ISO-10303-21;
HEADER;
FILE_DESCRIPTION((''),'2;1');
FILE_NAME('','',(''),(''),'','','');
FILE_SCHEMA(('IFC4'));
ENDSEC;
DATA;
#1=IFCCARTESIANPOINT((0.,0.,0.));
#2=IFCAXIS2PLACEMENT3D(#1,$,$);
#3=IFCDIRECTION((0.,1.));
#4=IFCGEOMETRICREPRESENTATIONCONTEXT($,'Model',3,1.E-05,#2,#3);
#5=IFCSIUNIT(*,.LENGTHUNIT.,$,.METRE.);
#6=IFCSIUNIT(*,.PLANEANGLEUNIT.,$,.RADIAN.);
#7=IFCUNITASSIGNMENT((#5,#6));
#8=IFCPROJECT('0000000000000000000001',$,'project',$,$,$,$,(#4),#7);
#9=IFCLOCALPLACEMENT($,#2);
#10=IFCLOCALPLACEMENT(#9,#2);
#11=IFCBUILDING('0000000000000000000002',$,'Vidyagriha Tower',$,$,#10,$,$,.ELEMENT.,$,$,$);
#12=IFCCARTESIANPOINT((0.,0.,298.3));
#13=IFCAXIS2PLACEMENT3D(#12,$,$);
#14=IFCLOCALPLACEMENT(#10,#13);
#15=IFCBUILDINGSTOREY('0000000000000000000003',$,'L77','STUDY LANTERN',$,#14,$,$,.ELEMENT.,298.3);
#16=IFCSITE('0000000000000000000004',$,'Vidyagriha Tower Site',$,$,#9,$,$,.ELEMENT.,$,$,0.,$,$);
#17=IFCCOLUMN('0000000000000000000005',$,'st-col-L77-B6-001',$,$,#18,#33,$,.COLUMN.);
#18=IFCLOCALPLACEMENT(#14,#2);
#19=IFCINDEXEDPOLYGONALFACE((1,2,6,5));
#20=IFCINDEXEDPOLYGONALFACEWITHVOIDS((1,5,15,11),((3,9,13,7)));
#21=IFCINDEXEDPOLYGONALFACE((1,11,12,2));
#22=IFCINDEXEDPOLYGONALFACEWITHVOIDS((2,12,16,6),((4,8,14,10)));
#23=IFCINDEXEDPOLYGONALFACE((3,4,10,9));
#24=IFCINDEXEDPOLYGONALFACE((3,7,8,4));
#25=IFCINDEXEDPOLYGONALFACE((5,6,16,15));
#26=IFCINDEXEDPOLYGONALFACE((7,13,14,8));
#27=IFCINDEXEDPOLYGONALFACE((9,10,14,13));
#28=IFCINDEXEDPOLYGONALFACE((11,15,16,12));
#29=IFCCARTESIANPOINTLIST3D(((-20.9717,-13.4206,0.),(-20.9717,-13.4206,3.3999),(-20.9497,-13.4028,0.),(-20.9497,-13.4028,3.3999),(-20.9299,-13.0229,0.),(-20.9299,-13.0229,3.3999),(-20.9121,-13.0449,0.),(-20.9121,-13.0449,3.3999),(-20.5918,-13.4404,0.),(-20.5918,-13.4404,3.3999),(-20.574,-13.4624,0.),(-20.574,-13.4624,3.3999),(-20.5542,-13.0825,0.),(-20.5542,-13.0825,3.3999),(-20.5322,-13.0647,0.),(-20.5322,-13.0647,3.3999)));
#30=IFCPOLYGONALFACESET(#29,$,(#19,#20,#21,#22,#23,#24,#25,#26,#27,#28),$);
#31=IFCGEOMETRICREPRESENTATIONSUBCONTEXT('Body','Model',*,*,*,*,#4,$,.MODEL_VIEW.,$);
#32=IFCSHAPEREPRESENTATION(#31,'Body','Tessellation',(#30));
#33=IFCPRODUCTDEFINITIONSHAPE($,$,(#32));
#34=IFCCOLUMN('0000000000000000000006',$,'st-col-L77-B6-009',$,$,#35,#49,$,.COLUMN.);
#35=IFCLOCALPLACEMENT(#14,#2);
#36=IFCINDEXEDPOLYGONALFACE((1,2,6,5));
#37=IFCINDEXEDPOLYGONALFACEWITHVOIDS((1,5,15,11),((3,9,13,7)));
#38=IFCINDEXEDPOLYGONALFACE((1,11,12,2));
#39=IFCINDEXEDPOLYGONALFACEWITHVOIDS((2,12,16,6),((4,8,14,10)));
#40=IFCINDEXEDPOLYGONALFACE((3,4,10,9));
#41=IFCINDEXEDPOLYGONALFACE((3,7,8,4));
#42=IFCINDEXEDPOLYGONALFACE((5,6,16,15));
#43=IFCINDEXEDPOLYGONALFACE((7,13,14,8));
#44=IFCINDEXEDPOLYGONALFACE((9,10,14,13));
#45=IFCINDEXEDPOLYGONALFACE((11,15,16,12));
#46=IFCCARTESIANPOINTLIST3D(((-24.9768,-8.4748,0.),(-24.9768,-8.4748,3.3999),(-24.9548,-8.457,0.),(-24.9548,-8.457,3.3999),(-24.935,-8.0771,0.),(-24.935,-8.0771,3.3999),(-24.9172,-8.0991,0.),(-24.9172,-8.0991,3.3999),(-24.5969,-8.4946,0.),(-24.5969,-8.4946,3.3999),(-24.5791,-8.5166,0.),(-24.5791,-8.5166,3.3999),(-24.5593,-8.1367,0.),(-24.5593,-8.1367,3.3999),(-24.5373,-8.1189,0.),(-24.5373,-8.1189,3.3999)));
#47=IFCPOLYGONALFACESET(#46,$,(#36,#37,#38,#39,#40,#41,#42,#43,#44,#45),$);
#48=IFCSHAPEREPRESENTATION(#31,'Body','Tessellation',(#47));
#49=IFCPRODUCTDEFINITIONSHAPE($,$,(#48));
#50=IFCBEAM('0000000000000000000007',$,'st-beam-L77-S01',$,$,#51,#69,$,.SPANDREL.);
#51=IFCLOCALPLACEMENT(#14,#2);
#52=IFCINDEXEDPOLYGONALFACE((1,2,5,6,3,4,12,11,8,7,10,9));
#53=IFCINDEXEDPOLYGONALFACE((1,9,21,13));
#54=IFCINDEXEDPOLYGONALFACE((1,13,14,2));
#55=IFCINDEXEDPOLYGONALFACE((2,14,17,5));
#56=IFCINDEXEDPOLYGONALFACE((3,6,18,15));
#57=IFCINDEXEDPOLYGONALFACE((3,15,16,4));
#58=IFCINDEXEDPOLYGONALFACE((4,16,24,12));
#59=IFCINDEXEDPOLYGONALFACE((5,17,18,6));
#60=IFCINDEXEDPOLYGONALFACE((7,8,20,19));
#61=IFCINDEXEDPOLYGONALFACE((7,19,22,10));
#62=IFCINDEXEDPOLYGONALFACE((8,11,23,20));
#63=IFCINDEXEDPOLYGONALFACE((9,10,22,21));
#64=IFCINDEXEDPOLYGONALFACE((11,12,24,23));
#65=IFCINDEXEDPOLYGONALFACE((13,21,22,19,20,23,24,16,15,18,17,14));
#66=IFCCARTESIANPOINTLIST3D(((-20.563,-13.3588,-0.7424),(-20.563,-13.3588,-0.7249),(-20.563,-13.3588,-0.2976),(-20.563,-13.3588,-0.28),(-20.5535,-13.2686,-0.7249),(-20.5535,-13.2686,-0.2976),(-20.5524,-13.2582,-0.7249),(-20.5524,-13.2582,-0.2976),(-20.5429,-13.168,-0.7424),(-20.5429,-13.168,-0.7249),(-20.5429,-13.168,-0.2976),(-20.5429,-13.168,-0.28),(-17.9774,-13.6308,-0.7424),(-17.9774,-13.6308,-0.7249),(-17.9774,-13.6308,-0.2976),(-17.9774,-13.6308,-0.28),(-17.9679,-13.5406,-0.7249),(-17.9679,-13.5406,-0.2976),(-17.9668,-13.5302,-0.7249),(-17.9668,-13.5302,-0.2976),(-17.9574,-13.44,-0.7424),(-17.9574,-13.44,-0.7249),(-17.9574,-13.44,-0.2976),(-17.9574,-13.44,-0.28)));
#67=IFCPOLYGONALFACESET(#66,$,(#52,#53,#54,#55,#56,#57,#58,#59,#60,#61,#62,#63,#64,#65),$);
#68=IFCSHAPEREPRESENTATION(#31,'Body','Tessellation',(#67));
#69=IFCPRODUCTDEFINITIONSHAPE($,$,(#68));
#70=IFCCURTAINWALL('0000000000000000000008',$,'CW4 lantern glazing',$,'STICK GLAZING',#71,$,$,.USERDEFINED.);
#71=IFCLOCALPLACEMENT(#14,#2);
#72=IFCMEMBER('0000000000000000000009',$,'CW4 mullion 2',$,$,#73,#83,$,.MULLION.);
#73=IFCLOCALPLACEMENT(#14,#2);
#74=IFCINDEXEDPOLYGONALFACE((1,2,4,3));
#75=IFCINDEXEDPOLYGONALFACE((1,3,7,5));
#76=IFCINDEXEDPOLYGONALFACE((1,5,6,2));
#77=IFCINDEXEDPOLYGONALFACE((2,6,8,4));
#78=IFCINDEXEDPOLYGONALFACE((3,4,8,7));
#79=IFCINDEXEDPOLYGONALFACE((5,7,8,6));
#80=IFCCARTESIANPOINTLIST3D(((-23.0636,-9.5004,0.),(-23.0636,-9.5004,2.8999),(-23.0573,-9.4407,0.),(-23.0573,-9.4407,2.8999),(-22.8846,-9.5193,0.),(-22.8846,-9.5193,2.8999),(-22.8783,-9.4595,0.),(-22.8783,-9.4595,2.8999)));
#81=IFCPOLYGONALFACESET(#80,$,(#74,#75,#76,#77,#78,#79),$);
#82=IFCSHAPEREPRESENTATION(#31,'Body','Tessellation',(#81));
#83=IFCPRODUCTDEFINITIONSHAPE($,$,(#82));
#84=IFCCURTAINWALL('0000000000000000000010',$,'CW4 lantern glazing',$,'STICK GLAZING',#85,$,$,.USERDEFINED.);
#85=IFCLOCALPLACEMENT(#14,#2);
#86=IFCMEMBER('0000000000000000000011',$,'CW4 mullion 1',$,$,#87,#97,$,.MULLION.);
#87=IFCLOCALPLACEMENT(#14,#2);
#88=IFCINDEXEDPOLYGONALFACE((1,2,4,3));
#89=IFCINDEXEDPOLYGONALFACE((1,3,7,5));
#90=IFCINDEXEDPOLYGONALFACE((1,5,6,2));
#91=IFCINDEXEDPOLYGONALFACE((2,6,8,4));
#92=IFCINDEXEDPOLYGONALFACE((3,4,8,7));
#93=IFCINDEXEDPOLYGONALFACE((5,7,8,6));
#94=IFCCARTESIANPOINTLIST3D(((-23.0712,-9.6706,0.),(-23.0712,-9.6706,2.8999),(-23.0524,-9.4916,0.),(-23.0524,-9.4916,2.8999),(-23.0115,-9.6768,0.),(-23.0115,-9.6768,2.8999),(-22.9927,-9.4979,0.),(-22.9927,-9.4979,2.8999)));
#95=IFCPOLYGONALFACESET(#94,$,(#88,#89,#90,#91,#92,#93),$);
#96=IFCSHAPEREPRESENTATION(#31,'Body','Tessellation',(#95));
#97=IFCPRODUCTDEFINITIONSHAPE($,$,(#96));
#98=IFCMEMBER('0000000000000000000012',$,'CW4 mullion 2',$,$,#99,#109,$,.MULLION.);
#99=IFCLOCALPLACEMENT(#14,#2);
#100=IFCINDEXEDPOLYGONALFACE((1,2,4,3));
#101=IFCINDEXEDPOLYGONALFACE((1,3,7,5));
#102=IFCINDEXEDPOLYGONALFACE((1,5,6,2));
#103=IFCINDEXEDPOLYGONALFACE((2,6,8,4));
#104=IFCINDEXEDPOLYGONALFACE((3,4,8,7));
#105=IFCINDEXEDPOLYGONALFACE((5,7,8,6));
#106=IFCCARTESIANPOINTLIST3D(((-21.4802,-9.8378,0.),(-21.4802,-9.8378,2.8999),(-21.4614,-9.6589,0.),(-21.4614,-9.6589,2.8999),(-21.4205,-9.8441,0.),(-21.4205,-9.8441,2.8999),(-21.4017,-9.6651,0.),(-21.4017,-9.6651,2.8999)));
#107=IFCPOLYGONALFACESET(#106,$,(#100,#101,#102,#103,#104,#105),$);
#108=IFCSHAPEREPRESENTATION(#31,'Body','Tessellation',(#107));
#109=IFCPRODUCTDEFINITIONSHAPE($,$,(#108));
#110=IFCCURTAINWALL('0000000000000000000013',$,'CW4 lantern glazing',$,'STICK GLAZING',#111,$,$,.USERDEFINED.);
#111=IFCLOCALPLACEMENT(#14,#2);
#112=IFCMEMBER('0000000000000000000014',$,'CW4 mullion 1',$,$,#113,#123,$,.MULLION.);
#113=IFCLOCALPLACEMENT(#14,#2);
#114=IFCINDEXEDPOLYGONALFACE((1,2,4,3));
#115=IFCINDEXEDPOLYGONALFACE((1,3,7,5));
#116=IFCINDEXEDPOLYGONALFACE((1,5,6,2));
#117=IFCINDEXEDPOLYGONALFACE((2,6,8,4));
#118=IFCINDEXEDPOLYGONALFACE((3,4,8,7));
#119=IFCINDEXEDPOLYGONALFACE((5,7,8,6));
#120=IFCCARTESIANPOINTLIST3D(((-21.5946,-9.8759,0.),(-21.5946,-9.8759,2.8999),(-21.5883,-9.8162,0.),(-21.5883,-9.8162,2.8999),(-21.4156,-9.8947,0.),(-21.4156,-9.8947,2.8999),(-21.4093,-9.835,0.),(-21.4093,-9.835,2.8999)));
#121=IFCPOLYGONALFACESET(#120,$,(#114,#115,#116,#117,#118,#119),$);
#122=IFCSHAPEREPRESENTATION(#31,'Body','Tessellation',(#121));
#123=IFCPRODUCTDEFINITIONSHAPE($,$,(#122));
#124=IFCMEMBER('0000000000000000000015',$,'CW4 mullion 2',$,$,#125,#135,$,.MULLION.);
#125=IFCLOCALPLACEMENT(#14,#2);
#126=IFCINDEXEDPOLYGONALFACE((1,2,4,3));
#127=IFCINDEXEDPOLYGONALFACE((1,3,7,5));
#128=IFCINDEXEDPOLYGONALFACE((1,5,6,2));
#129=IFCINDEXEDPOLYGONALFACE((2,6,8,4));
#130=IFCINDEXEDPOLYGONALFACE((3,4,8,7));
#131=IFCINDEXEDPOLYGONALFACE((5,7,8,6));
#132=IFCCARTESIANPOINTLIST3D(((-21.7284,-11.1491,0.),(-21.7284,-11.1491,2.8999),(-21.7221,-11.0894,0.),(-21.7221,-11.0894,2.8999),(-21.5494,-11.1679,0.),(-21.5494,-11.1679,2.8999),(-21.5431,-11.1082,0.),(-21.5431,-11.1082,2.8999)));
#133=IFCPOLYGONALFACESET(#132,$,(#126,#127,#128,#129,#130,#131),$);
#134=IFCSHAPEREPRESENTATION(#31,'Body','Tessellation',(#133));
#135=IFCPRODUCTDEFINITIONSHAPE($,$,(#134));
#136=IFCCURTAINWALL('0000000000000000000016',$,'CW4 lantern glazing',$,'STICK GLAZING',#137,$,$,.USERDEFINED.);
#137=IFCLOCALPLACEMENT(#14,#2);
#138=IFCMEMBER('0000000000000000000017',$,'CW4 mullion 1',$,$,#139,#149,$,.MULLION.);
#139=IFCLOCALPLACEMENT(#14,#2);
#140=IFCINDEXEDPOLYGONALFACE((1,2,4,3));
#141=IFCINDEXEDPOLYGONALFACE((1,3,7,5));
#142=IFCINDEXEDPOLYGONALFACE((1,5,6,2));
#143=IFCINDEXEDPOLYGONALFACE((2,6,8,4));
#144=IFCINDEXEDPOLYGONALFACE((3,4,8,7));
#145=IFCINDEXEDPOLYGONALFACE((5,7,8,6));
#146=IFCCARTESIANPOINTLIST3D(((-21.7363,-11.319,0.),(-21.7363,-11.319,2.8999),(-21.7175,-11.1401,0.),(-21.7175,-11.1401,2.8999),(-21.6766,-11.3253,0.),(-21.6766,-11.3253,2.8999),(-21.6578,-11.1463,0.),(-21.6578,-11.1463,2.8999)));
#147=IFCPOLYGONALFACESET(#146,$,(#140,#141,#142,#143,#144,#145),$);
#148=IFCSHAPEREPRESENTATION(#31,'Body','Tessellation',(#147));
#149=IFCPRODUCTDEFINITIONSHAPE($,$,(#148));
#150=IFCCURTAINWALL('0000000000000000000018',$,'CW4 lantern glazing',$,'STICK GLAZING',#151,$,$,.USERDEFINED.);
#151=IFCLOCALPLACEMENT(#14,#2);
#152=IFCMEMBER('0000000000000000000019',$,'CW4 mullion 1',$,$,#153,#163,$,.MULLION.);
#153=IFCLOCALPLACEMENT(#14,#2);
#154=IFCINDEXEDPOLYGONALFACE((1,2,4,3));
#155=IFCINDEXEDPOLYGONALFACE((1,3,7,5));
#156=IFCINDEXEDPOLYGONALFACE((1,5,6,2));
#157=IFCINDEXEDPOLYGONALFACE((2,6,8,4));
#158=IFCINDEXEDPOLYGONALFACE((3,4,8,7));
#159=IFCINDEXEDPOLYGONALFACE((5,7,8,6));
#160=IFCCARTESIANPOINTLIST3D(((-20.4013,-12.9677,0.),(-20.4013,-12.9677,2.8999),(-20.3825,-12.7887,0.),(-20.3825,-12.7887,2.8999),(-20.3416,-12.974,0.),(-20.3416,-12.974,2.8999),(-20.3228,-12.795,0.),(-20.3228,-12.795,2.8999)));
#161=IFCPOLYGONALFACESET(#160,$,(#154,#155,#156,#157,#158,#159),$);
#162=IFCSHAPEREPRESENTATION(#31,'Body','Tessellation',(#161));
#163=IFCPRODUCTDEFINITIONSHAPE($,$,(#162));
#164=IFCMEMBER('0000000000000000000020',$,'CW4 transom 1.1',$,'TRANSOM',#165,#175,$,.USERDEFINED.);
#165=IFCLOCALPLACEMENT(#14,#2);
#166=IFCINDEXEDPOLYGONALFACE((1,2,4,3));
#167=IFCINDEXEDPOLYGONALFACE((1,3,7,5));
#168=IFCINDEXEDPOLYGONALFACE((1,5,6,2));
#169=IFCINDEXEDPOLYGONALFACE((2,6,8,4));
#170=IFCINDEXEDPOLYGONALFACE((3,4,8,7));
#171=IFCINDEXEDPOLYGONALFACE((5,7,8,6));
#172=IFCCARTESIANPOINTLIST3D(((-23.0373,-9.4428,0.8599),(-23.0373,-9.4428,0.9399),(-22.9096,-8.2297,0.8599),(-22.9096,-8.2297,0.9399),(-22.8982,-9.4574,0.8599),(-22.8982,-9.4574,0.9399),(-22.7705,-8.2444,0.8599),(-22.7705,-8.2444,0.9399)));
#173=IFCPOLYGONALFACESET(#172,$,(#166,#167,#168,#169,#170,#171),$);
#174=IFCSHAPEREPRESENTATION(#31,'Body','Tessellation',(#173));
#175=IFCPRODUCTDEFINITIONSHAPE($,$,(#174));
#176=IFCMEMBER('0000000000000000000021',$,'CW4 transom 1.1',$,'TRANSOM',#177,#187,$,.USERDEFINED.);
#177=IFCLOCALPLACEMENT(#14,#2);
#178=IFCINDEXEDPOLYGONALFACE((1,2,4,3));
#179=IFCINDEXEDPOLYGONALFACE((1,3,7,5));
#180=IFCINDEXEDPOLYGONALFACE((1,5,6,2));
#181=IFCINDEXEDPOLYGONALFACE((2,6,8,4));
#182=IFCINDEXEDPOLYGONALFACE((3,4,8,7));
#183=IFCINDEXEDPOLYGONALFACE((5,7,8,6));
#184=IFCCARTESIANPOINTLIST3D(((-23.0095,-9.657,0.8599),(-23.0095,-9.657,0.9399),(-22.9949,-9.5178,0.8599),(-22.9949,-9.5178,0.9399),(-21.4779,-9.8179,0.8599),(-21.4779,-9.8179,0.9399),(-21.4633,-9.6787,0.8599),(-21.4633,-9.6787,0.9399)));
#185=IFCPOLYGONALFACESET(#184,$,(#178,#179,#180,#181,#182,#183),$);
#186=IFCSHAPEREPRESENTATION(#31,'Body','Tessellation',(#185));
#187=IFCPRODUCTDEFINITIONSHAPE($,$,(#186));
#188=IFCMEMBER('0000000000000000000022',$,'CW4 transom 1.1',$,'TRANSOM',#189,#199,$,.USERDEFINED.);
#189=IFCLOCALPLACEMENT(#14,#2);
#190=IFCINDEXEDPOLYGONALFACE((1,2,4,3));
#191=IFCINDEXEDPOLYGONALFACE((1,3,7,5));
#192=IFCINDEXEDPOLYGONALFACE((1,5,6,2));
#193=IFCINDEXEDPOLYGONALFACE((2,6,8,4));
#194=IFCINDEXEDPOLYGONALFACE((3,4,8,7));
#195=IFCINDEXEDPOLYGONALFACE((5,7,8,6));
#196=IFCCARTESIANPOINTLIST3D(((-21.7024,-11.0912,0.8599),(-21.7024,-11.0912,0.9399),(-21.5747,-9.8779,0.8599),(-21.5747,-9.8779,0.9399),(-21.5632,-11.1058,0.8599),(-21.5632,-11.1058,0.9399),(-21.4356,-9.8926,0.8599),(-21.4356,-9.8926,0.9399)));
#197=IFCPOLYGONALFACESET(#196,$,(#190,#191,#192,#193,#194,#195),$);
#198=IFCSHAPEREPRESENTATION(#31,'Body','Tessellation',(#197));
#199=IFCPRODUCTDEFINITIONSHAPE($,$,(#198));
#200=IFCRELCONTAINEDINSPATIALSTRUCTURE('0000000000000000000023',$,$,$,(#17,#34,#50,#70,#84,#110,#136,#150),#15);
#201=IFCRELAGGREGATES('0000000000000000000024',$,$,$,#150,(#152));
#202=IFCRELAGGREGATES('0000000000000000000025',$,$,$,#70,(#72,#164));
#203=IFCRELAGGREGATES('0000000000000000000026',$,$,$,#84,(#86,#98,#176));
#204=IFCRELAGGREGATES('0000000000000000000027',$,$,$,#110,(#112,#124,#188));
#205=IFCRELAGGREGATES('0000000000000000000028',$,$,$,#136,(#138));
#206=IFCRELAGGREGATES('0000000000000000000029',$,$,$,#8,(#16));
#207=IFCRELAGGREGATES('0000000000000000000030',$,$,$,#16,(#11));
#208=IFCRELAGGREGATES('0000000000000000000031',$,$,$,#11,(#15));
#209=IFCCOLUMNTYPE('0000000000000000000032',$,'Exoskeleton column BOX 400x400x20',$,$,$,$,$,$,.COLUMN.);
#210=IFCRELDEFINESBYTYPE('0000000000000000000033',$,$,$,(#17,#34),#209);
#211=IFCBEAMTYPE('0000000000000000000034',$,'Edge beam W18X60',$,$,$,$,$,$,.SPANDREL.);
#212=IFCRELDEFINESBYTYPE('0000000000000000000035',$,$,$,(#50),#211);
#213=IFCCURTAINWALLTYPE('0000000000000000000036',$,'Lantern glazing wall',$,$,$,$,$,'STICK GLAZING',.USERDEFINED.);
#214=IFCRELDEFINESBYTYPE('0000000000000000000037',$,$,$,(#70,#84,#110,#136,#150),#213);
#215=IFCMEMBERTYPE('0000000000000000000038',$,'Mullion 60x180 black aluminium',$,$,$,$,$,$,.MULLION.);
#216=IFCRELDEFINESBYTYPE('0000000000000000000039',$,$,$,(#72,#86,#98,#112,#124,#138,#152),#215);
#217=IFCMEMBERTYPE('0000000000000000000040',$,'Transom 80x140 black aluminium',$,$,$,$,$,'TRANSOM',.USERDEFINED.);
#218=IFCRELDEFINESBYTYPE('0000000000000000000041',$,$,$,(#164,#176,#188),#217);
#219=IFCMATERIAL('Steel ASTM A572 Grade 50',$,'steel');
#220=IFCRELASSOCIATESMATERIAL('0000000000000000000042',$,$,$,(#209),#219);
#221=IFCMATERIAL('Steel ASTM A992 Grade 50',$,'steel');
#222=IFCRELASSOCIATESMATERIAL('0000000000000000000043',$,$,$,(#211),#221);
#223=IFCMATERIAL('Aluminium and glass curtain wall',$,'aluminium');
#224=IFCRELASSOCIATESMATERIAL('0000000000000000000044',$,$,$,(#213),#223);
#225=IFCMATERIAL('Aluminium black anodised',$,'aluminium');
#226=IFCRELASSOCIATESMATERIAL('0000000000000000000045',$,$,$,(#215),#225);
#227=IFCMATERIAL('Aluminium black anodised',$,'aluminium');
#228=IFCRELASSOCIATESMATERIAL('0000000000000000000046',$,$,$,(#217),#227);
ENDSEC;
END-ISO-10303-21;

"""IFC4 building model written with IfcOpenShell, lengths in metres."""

from ifc_helpers import new_model, si_unit, direction, frame, origin, origin_2d, place, context, subcontext, project, spatial, rectangle, hollow_rectangle, i_section, extrude, material, material_profile, profile_set, type_object, element, aggregate, save


model = new_model("IFC4")

# Units and contexts
model_context = context("Model", 3, precision=1e-05, world=origin(), true_north=direction((0.0, 1.0)))
body_context = subcontext(model_context, "Body", "Model", "MODEL_VIEW")
ifc_project = project(units=[si_unit("LENGTHUNIT", "METRE"), si_unit("PLANEANGLEUNIT", "RADIAN")], contexts=[model_context])

# Site, building, storey
site_placement = place(None, origin())
site = spatial("IfcSite", under=ifc_project, at=site_placement, Name="Vidyagriha Tower Site", CompositionType="ELEMENT", RefElevation=0.0)
building_placement = place(site_placement, origin())
building = spatial("IfcBuilding", under=site, at=building_placement, Name="Vidyagriha Tower", CompositionType="ELEMENT")
storey_placement = place(building_placement, frame((0.0, 0.0, 298.3)))
storey = spatial("IfcBuildingStorey", under=building, at=storey_placement, Name="L77", Description="STUDY LANTERN", CompositionType="ELEMENT", Elevation=298.3)

# Columns
ifc_material_1 = material(Name="Steel ASTM A572 Grade 50", Category="steel")
ifc_material_profile_1 = material_profile(ifc_material_1, hollow_rectangle(XDim=0.3999, YDim=0.3999, WallThickness=0.02, at=origin_2d()), Name="BOX 400x400x20")
ifc_profile_set_1 = profile_set([ifc_material_profile_1], Name="Steel ASTM A572 Grade 50")
column_type = type_object("IfcColumnType", Name="Exoskeleton column BOX 400x400x20", PredefinedType="COLUMN", material=ifc_profile_set_1)
for number, where, z_axis, x_axis, name in (
    (1, (-20.752, -13.2427, 0.0), (0.0, 0.0, 1.0), (0.994522, -0.104528, 0.0), "st-col-L77-B6-001"),
    (2, (-24.7571, -8.2969, 0.0), (0.0, 0.0, 1.0), (0.994522, -0.104528, 0.0), "st-col-L77-B6-009"),
):
    element("IfcColumn", number, at=place(storey_placement, frame(where, z_axis=z_axis, x_axis=x_axis)), inside=storey, type_object=column_type, Name=name, PredefinedType="COLUMN", context=body_context, shape_type="SweptSolid", body=[
        extrude(hollow_rectangle(XDim=0.3999, YDim=0.3999, WallThickness=0.02, at=origin_2d()), origin(), (0.0, 0.0, 1.0), 3.3999),
    ])

# Beam
ifc_material_2 = material(Name="Steel ASTM A992 Grade 50", Category="steel")
ifc_material_profile_2 = material_profile(ifc_material_2, i_section(OverallWidth=0.1919, OverallDepth=0.4624, WebThickness=0.0105, FlangeThickness=0.0176, at=origin_2d()), Name="W18X60")
ifc_profile_set_2 = profile_set([ifc_material_profile_2], Name="Steel ASTM A992 Grade 50")
beam_type = type_object("IfcBeamType", Name="Edge beam W18X60", PredefinedType="SPANDREL", material=ifc_profile_set_2)
beam_placement = place(storey_placement, frame((-20.553, -13.2634, -0.5112), z_axis=(0.994514, -0.104607, 0.0), x_axis=(0.104607, 0.994514, 0.0)))
element("IfcBeam", 3, at=beam_placement, inside=storey, type_object=beam_type, Name="st-beam-L77-S01", PredefinedType="SPANDREL", context=body_context, shape_type="SweptSolid", body=[
    extrude(i_section(OverallWidth=0.1919, OverallDepth=0.4624, WebThickness=0.0105, FlangeThickness=0.0176, at=origin_2d()), origin(), (0.0, 0.0, 1.0), 2.5999),
])

# Curtain wall, member
ifc_material_3 = material(Name="Aluminium and glass curtain wall", Category="aluminium")
curtain_wall_type = type_object("IfcCurtainWallType", Name="Lantern glazing wall", ElementType="STICK GLAZING", PredefinedType="USERDEFINED", material=ifc_material_3)
curtain_wall_1_placement = place(storey_placement, origin())
curtain_wall_1 = element("IfcCurtainWall", 4, at=curtain_wall_1_placement, inside=storey, type_object=curtain_wall_type, Name="CW4 lantern glazing", ObjectType="STICK GLAZING", PredefinedType="USERDEFINED")
ifc_material_4 = material(Name="Aluminium black anodised", Category="aluminium")
ifc_material_profile_3 = material_profile(ifc_material_4, rectangle(XDim=0.1799, YDim=0.0601, at=origin_2d()), Name="Mullion 60x180 black aluminium")
ifc_profile_set_3 = profile_set([ifc_material_profile_3], Name="Aluminium black anodised")
member_type_1 = type_object("IfcMemberType", Name="Mullion 60x180 black aluminium", PredefinedType="MULLION", material=ifc_profile_set_3)
member_1_placement = place(storey_placement, frame((-22.9709, -9.48, 0.0), z_axis=(0.0, 0.0, 1.0), x_axis=(0.994519, -0.104557, 0.0)))
member_1 = element("IfcMember", 5, at=member_1_placement, type_object=member_type_1, Name="CW4 mullion 2", PredefinedType="MULLION", context=body_context, shape_type="SweptSolid", body=[
    extrude(rectangle(XDim=0.1799, YDim=0.0601, at=origin_2d()), origin(), (0.0, 0.0, 1.0), 2.8999),
])

# Curtain walls, members
curtain_wall_2_placement = place(storey_placement, origin())
curtain_wall_2 = element("IfcCurtainWall", 6, at=curtain_wall_2_placement, inside=storey, type_object=curtain_wall_type, Name="CW4 lantern glazing", ObjectType="STICK GLAZING", PredefinedType="USERDEFINED")
member_2_placement = place(storey_placement, frame((-23.032, -9.5842, 0.0), z_axis=(0.0, 0.0, 1.0), x_axis=(0.104459, 0.994529, 0.0)))
member_2 = element("IfcMember", 7, at=member_2_placement, type_object=member_type_1, Name="CW4 mullion 1", PredefinedType="MULLION", context=body_context, shape_type="SweptSolid", body=[
    extrude(rectangle(XDim=0.1799, YDim=0.0601, at=origin_2d()), origin(), (0.0, 0.0, 1.0), 2.8999),
])
member_3_placement = place(storey_placement, frame((-21.4409, -9.7515, 0.0), z_axis=(0.0, 0.0, 1.0), x_axis=(0.104459, 0.994529, 0.0)))
member_3 = element("IfcMember", 8, at=member_3_placement, type_object=member_type_1, Name="CW4 mullion 2", PredefinedType="MULLION", context=body_context, shape_type="SweptSolid", body=[
    extrude(rectangle(XDim=0.1799, YDim=0.0601, at=origin_2d()), origin(), (0.0, 0.0, 1.0), 2.8999),
])
curtain_wall_3_placement = place(storey_placement, origin())
curtain_wall_3 = element("IfcCurtainWall", 9, at=curtain_wall_3_placement, inside=storey, type_object=curtain_wall_type, Name="CW4 lantern glazing", ObjectType="STICK GLAZING", PredefinedType="USERDEFINED")
member_4_placement = place(storey_placement, frame((-21.502, -9.8555, 0.0), z_axis=(0.0, 0.0, 1.0), x_axis=(0.99452, -0.104549, 0.0)))
member_4 = element("IfcMember", 10, at=member_4_placement, type_object=member_type_1, Name="CW4 mullion 1", PredefinedType="MULLION", context=body_context, shape_type="SweptSolid", body=[
    extrude(rectangle(XDim=0.1799, YDim=0.0601, at=origin_2d()), origin(), (0.0, 0.0, 1.0), 2.8999),
])
member_5_placement = place(storey_placement, frame((-21.6357, -11.1287, 0.0), z_axis=(0.0, 0.0, 1.0), x_axis=(0.99452, -0.104549, 0.0)))
member_5 = element("IfcMember", 11, at=member_5_placement, type_object=member_type_1, Name="CW4 mullion 2", PredefinedType="MULLION", context=body_context, shape_type="SweptSolid", body=[
    extrude(rectangle(XDim=0.1799, YDim=0.0601, at=origin_2d()), origin(), (0.0, 0.0, 1.0), 2.8999),
])

# Curtain walls, members
curtain_wall_4_placement = place(storey_placement, origin())
curtain_wall_4 = element("IfcCurtainWall", 12, at=curtain_wall_4_placement, inside=storey, type_object=curtain_wall_type, Name="CW4 lantern glazing", ObjectType="STICK GLAZING", PredefinedType="USERDEFINED")
member_6_placement = place(storey_placement, frame((-21.697, -11.2327, 0.0), z_axis=(0.0, 0.0, 1.0), x_axis=(0.104519, 0.994523, 0.0)))
member_6 = element("IfcMember", 13, at=member_6_placement, type_object=member_type_1, Name="CW4 mullion 1", PredefinedType="MULLION", context=body_context, shape_type="SweptSolid", body=[
    extrude(rectangle(XDim=0.1799, YDim=0.0601, at=origin_2d()), origin(), (0.0, 0.0, 1.0), 2.8999),
])
curtain_wall_5_placement = place(storey_placement, origin())
curtain_wall_5 = element("IfcCurtainWall", 14, at=curtain_wall_5_placement, inside=storey, type_object=curtain_wall_type, Name="CW4 lantern glazing", ObjectType="STICK GLAZING", PredefinedType="USERDEFINED")
member_7_placement = place(storey_placement, frame((-20.3621, -12.8813, 0.0), z_axis=(0.0, 0.0, 1.0), x_axis=(0.104528, 0.994522, 0.0)))
member_7 = element("IfcMember", 15, at=member_7_placement, type_object=member_type_1, Name="CW4 mullion 1", PredefinedType="MULLION", context=body_context, shape_type="SweptSolid", body=[
    extrude(rectangle(XDim=0.1799, YDim=0.0601, at=origin_2d()), origin(), (0.0, 0.0, 1.0), 2.8999),
])

# Members
ifc_material_5 = material(Name="Aluminium black anodised", Category="aluminium")
ifc_material_profile_4 = material_profile(ifc_material_5, rectangle(XDim=0.1399, YDim=0.0801, at=origin_2d()), Name="Transom 80x140 black aluminium")
ifc_profile_set_4 = profile_set([ifc_material_profile_4], Name="Aluminium black anodised")
member_type_2 = type_object("IfcMemberType", Name="Transom 80x140 black aluminium", ElementType="TRANSOM", PredefinedType="USERDEFINED", material=ifc_profile_set_4)
member_8_placement = place(storey_placement, frame((-22.8401, -8.2371, 0.8999), z_axis=(-0.104674, -0.994507, 0.0), x_axis=(0.994507, -0.104674, 0.0)))
member_8 = element("IfcMember", 16, at=member_8_placement, type_object=member_type_2, Name="CW4 transom 1.1", ObjectType="TRANSOM", PredefinedType="USERDEFINED", context=body_context, shape_type="SweptSolid", body=[
    extrude(rectangle(XDim=0.1399, YDim=0.0801, at=origin_2d()), origin(), (0.0, 0.0, 1.0), 1.2197),
])
member_9_placement = place(storey_placement, frame((-23.0022, -9.5874, 0.8999), z_axis=(0.994527, -0.104478, 0.0), x_axis=(0.104478, 0.994527, 0.0)))
member_9 = element("IfcMember", 17, at=member_9_placement, type_object=member_type_2, Name="CW4 transom 1.1", ObjectType="TRANSOM", PredefinedType="USERDEFINED", context=body_context, shape_type="SweptSolid", body=[
    extrude(rectangle(XDim=0.1399, YDim=0.0801, at=origin_2d()), origin(), (0.0, 0.0, 1.0), 1.54),
])
member_10_placement = place(storey_placement, frame((-21.5051, -9.8853, 0.8999), z_axis=(-0.104654, -0.994509, 0.0), x_axis=(0.994509, -0.104654, 0.0)))
member_10 = element("IfcMember", 18, at=member_10_placement, type_object=member_type_2, Name="CW4 transom 1.1", ObjectType="TRANSOM", PredefinedType="USERDEFINED", context=body_context, shape_type="SweptSolid", body=[
    extrude(rectangle(XDim=0.1399, YDim=0.0801, at=origin_2d()), origin(), (0.0, 0.0, 1.0), 1.22),
])
aggregate(curtain_wall_5, [member_7])

aggregate(curtain_wall_1, [member_1, member_8])
aggregate(curtain_wall_2, [member_2, member_3, member_9])
aggregate(curtain_wall_3, [member_4, member_5, member_10])
aggregate(curtain_wall_4, [member_6])

save(model, "model.ifc")
